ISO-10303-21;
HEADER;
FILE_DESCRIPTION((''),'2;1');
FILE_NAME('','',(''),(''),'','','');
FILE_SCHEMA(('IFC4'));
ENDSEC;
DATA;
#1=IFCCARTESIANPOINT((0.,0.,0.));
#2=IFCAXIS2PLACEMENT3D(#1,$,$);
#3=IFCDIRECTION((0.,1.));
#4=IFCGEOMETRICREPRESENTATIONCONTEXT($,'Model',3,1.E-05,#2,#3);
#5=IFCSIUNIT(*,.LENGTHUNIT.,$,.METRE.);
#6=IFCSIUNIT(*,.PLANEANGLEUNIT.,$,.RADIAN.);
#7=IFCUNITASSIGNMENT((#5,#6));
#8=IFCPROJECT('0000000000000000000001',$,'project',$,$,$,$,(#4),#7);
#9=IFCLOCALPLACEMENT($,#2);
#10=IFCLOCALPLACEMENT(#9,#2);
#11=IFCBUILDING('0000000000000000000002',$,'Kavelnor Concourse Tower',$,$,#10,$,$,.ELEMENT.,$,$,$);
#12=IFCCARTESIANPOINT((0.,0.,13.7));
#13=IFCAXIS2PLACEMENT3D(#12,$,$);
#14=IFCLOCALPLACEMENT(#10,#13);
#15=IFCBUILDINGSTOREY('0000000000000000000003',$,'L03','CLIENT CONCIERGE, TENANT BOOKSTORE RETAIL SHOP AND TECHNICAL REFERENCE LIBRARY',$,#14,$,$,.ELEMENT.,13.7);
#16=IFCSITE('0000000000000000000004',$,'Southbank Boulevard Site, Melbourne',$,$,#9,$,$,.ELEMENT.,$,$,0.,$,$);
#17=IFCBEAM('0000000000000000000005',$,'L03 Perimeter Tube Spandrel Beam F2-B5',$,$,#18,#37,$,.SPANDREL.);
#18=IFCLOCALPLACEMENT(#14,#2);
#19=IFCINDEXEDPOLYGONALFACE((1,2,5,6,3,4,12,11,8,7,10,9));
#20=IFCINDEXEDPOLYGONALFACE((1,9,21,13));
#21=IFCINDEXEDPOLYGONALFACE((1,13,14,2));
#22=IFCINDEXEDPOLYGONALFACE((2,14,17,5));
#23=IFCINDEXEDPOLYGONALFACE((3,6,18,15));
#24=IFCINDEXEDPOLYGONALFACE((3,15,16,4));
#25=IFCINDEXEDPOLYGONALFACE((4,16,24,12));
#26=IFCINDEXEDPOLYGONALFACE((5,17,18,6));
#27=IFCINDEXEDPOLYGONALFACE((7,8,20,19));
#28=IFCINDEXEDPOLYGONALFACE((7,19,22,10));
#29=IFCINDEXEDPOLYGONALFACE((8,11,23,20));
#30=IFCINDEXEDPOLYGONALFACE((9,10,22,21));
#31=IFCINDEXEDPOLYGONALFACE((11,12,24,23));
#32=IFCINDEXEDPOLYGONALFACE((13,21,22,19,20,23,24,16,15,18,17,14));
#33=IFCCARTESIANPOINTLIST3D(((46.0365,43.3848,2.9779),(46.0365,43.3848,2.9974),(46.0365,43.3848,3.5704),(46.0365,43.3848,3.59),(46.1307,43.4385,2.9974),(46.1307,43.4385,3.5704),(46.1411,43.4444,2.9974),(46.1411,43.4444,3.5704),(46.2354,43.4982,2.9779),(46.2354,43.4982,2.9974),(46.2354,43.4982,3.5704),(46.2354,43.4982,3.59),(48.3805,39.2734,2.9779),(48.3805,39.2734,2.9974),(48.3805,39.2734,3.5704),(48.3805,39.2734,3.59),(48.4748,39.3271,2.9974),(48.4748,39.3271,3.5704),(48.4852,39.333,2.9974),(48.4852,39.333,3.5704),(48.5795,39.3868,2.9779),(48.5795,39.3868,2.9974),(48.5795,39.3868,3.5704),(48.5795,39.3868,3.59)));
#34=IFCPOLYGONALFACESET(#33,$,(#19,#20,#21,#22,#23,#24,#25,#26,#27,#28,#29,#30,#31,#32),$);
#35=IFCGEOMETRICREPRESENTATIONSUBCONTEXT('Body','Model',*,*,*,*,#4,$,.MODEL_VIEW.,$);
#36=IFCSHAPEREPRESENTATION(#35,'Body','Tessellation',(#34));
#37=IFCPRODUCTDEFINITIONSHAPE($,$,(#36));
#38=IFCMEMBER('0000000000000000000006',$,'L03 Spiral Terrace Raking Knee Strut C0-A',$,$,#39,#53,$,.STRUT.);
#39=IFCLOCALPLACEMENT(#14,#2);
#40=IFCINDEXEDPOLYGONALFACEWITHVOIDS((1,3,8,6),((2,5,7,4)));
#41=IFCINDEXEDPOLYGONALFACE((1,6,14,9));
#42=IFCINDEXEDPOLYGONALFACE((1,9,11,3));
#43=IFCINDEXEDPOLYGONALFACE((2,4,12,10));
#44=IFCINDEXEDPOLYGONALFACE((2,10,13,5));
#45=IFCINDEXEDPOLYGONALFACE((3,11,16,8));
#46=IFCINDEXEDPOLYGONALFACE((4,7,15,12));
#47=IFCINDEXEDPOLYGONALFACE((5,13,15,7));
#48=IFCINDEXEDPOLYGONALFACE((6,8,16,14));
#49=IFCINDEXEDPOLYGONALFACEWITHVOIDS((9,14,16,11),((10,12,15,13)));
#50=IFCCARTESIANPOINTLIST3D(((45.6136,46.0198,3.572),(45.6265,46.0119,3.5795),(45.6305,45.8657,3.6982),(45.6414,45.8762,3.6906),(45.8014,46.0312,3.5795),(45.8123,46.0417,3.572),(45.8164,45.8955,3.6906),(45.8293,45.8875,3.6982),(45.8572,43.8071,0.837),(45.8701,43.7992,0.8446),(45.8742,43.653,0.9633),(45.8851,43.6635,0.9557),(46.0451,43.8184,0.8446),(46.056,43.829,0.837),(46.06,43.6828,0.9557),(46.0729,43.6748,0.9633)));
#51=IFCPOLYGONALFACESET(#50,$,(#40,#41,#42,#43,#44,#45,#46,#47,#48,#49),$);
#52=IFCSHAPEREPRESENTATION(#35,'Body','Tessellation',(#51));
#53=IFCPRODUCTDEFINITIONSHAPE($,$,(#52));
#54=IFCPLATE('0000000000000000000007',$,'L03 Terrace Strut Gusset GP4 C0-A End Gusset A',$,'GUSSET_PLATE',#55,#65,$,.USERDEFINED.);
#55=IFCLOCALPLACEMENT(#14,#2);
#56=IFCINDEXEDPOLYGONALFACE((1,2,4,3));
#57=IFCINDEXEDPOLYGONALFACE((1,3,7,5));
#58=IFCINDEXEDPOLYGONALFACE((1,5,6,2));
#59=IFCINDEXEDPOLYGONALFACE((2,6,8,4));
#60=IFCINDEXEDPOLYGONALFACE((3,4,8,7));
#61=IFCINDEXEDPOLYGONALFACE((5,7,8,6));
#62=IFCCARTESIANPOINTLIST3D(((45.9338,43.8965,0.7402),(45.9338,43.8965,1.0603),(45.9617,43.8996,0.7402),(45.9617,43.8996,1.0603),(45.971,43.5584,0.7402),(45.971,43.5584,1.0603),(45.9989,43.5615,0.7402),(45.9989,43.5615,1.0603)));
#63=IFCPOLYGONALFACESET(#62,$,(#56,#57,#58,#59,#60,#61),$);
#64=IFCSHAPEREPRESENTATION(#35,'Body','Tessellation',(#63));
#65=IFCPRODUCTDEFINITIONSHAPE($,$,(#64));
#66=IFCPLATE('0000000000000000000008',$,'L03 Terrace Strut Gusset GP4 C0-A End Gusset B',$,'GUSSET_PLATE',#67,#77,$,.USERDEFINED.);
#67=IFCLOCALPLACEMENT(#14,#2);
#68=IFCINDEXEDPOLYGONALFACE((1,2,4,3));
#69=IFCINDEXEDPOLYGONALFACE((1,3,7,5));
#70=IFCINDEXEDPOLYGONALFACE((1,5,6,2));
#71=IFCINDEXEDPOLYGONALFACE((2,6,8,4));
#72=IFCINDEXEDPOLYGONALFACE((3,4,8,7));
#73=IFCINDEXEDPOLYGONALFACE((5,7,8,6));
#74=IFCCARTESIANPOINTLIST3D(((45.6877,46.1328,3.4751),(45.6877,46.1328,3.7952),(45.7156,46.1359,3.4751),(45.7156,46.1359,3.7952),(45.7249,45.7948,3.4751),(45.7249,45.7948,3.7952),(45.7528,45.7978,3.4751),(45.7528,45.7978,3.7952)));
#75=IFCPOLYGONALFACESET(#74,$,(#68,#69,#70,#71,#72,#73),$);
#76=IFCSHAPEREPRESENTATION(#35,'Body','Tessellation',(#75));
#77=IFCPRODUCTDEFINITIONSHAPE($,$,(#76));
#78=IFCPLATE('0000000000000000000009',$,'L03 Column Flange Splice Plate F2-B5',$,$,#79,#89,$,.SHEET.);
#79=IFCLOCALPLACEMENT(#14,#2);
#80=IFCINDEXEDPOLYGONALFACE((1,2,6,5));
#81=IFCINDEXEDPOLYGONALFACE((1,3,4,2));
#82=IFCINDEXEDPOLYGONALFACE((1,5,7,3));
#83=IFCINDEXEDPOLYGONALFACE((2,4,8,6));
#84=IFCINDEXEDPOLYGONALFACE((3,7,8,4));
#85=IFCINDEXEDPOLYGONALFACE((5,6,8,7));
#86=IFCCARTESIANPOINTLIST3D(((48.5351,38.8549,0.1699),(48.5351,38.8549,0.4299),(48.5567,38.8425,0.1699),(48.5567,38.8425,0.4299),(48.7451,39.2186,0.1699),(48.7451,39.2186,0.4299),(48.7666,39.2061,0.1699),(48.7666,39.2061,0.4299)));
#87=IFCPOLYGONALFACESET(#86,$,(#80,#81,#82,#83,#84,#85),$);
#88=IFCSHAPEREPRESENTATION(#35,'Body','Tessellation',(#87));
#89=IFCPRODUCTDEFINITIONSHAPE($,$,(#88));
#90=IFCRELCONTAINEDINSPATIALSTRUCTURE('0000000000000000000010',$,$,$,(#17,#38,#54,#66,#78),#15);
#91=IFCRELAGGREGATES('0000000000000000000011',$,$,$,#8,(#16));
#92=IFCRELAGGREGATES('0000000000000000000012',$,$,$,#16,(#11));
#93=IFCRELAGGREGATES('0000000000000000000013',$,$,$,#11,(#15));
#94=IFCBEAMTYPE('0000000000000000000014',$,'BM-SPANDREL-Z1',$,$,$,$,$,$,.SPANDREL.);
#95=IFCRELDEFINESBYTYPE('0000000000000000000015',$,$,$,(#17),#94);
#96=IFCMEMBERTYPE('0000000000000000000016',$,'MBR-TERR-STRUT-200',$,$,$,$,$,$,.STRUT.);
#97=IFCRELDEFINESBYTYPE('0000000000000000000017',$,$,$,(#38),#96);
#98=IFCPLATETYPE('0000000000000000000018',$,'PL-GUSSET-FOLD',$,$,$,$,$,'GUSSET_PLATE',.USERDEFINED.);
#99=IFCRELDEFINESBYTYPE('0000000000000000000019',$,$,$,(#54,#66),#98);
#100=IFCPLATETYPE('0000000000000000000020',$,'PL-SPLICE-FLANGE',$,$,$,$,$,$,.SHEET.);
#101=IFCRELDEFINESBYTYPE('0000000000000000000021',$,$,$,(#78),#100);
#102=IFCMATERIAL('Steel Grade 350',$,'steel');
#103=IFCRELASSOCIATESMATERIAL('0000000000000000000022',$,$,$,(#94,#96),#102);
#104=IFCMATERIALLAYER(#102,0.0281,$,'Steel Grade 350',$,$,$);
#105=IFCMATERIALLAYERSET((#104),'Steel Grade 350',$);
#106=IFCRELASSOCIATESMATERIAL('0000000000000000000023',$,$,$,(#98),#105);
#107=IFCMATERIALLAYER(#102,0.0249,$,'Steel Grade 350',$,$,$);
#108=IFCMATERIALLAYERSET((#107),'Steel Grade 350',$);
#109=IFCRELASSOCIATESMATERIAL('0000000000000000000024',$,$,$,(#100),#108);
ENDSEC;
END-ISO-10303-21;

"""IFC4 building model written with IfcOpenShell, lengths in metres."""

from ifc_helpers import new_model, si_unit, direction, frame, origin, origin_2d, place, context, subcontext, project, spatial, rectangle, hollow_rectangle, i_section, extrude, material, layer, layer_set, material_profile, profile_set, type_object, element, save


model = new_model("IFC4")

# Units and contexts
model_context = context("Model", 3, precision=1e-05, world=origin(), true_north=direction((0.0, 1.0)))
body_context = subcontext(model_context, "Body", "Model", "MODEL_VIEW")
ifc_project = project(units=[si_unit("LENGTHUNIT", "METRE"), si_unit("PLANEANGLEUNIT", "RADIAN")], contexts=[model_context])

# Site, building, storey
site_placement = place(None, origin())
site = spatial("IfcSite", under=ifc_project, at=site_placement, Name="Southbank Boulevard Site, Melbourne", CompositionType="ELEMENT", RefElevation=0.0)
building_placement = place(site_placement, origin())
building = spatial("IfcBuilding", under=site, at=building_placement, Name="Kavelnor Concourse Tower", CompositionType="ELEMENT")
storey_placement = place(building_placement, frame((0.0, 0.0, 13.7)))
storey = spatial("IfcBuildingStorey", under=building, at=storey_placement, Name="L03", Description="CLIENT CONCIERGE, TENANT BOOKSTORE RETAIL SHOP AND TECHNICAL REFERENCE LIBRARY", CompositionType="ELEMENT", Elevation=13.7)

# Shared definitions
ifc_material_1 = material(Name="Steel Grade 350", Category="steel")

# Beam
ifc_material_profile_1 = material_profile(ifc_material_1, i_section(OverallWidth=0.229, OverallDepth=0.6121, WebThickness=0.012, FlangeThickness=0.0195, at=origin_2d()), Name="610UB125")
ifc_profile_set_1 = profile_set([ifc_material_profile_1], Name="Steel Grade 350")
beam_type_1 = type_object("IfcBeamType", Name="BM-SPANDREL-Z1", PredefinedType="SPANDREL", material=ifc_profile_set_1)
beam_1_placement = place(storey_placement, frame((48.48, 39.3301, 3.2839), z_axis=(-0.495289, 0.868728, 0.0), x_axis=(-0.868728, -0.495289, 0.0)))
element("IfcBeam", 1, at=beam_1_placement, inside=storey, type_object=beam_type_1, Name="L03 Perimeter Tube Spandrel Beam F2-B5", PredefinedType="SPANDREL", context=body_context, shape_type="SweptSolid", body=[
    extrude(i_section(OverallWidth=0.229, OverallDepth=0.6121, WebThickness=0.012, FlangeThickness=0.0195, at=origin_2d()), origin(), (0.0, 0.0, 1.0), 4.7327),
])

# Member
ifc_material_profile_2 = material_profile(ifc_material_1, hollow_rectangle(XDim=0.2, YDim=0.2, WallThickness=0.012, at=origin_2d()), Name="SHS 200x200x12")
ifc_profile_set_2 = profile_set([ifc_material_profile_2], Name="Steel Grade 350")
member_type = type_object("IfcMemberType", Name="MBR-TERR-STRUT-200", PredefinedType="STRUT", material=ifc_profile_set_2)
member_placement = place(storey_placement, frame((45.9651, 43.741, 0.9001), z_axis=(-0.069096, 0.627473, 0.775566), x_axis=(-0.993992, -0.109456, 0.0)))
element("IfcMember", 2, at=member_placement, inside=storey, type_object=member_type, Name="L03 Spiral Terrace Raking Knee Strut C0-A", PredefinedType="STRUT", context=body_context, shape_type="SweptSolid", body=[
    extrude(hollow_rectangle(XDim=0.2, YDim=0.2, WallThickness=0.012, at=origin_2d()), origin(), (0.0, 0.0, 1.0), 3.5264),
])

# Plates
ifc_layer_1 = layer(ifc_material_1, 0.0281, Name="Steel Grade 350")
ifc_layer_set_1 = layer_set([ifc_layer_1], Name="Steel Grade 350")
plate_type_1 = type_object("IfcPlateType", Name="PL-GUSSET-FOLD", ElementType="GUSSET_PLATE", PredefinedType="USERDEFINED", material=ifc_layer_set_1)
for number, where, z_axis, x_axis, name in (
    (3, (45.9663, 43.729, 0.7402), (0.0, 0.0, 1.0), (-0.109387, 0.993999, 0.0), "L03 Terrace Strut Gusset GP4 C0-A End Gusset A"),
    (4, (45.7202, 45.9653, 3.4751), (0.0, 0.0, 1.0), (-0.109387, 0.993999, 0.0), "L03 Terrace Strut Gusset GP4 C0-A End Gusset B"),
):
    element("IfcPlate", number, at=place(storey_placement, frame(where, z_axis=z_axis, x_axis=x_axis)), inside=storey, type_object=plate_type_1, Name=name, ObjectType="GUSSET_PLATE", PredefinedType="USERDEFINED", context=body_context, shape_type="SweptSolid", body=[
        extrude(rectangle(XDim=0.3401, YDim=0.0281, at=origin_2d()), origin(), (0.0, 0.0, 1.0), 0.3201),
    ])
ifc_layer_2 = layer(ifc_material_1, 0.0249, Name="Steel Grade 350")
ifc_layer_set_2 = layer_set([ifc_layer_2], Name="Steel Grade 350")
plate_type_2 = type_object("IfcPlateType", Name="PL-SPLICE-FLANGE", PredefinedType="SHEET", material=ifc_layer_set_2)
plate_placement = place(storey_placement, frame((48.6509, 39.0305, 0.1699), z_axis=(0.0, 0.0, 1.0), x_axis=(-0.5, -0.866025, 0.0)))
element("IfcPlate", 5, at=plate_placement, inside=storey, type_object=plate_type_2, Name="L03 Column Flange Splice Plate F2-B5", PredefinedType="SHEET", context=body_context, shape_type="SweptSolid", body=[
    extrude(rectangle(XDim=0.4199, YDim=0.0249, at=origin_2d()), origin(), (0.0, 0.0, 1.0), 0.26),
])

save(model, "model.ifc")
